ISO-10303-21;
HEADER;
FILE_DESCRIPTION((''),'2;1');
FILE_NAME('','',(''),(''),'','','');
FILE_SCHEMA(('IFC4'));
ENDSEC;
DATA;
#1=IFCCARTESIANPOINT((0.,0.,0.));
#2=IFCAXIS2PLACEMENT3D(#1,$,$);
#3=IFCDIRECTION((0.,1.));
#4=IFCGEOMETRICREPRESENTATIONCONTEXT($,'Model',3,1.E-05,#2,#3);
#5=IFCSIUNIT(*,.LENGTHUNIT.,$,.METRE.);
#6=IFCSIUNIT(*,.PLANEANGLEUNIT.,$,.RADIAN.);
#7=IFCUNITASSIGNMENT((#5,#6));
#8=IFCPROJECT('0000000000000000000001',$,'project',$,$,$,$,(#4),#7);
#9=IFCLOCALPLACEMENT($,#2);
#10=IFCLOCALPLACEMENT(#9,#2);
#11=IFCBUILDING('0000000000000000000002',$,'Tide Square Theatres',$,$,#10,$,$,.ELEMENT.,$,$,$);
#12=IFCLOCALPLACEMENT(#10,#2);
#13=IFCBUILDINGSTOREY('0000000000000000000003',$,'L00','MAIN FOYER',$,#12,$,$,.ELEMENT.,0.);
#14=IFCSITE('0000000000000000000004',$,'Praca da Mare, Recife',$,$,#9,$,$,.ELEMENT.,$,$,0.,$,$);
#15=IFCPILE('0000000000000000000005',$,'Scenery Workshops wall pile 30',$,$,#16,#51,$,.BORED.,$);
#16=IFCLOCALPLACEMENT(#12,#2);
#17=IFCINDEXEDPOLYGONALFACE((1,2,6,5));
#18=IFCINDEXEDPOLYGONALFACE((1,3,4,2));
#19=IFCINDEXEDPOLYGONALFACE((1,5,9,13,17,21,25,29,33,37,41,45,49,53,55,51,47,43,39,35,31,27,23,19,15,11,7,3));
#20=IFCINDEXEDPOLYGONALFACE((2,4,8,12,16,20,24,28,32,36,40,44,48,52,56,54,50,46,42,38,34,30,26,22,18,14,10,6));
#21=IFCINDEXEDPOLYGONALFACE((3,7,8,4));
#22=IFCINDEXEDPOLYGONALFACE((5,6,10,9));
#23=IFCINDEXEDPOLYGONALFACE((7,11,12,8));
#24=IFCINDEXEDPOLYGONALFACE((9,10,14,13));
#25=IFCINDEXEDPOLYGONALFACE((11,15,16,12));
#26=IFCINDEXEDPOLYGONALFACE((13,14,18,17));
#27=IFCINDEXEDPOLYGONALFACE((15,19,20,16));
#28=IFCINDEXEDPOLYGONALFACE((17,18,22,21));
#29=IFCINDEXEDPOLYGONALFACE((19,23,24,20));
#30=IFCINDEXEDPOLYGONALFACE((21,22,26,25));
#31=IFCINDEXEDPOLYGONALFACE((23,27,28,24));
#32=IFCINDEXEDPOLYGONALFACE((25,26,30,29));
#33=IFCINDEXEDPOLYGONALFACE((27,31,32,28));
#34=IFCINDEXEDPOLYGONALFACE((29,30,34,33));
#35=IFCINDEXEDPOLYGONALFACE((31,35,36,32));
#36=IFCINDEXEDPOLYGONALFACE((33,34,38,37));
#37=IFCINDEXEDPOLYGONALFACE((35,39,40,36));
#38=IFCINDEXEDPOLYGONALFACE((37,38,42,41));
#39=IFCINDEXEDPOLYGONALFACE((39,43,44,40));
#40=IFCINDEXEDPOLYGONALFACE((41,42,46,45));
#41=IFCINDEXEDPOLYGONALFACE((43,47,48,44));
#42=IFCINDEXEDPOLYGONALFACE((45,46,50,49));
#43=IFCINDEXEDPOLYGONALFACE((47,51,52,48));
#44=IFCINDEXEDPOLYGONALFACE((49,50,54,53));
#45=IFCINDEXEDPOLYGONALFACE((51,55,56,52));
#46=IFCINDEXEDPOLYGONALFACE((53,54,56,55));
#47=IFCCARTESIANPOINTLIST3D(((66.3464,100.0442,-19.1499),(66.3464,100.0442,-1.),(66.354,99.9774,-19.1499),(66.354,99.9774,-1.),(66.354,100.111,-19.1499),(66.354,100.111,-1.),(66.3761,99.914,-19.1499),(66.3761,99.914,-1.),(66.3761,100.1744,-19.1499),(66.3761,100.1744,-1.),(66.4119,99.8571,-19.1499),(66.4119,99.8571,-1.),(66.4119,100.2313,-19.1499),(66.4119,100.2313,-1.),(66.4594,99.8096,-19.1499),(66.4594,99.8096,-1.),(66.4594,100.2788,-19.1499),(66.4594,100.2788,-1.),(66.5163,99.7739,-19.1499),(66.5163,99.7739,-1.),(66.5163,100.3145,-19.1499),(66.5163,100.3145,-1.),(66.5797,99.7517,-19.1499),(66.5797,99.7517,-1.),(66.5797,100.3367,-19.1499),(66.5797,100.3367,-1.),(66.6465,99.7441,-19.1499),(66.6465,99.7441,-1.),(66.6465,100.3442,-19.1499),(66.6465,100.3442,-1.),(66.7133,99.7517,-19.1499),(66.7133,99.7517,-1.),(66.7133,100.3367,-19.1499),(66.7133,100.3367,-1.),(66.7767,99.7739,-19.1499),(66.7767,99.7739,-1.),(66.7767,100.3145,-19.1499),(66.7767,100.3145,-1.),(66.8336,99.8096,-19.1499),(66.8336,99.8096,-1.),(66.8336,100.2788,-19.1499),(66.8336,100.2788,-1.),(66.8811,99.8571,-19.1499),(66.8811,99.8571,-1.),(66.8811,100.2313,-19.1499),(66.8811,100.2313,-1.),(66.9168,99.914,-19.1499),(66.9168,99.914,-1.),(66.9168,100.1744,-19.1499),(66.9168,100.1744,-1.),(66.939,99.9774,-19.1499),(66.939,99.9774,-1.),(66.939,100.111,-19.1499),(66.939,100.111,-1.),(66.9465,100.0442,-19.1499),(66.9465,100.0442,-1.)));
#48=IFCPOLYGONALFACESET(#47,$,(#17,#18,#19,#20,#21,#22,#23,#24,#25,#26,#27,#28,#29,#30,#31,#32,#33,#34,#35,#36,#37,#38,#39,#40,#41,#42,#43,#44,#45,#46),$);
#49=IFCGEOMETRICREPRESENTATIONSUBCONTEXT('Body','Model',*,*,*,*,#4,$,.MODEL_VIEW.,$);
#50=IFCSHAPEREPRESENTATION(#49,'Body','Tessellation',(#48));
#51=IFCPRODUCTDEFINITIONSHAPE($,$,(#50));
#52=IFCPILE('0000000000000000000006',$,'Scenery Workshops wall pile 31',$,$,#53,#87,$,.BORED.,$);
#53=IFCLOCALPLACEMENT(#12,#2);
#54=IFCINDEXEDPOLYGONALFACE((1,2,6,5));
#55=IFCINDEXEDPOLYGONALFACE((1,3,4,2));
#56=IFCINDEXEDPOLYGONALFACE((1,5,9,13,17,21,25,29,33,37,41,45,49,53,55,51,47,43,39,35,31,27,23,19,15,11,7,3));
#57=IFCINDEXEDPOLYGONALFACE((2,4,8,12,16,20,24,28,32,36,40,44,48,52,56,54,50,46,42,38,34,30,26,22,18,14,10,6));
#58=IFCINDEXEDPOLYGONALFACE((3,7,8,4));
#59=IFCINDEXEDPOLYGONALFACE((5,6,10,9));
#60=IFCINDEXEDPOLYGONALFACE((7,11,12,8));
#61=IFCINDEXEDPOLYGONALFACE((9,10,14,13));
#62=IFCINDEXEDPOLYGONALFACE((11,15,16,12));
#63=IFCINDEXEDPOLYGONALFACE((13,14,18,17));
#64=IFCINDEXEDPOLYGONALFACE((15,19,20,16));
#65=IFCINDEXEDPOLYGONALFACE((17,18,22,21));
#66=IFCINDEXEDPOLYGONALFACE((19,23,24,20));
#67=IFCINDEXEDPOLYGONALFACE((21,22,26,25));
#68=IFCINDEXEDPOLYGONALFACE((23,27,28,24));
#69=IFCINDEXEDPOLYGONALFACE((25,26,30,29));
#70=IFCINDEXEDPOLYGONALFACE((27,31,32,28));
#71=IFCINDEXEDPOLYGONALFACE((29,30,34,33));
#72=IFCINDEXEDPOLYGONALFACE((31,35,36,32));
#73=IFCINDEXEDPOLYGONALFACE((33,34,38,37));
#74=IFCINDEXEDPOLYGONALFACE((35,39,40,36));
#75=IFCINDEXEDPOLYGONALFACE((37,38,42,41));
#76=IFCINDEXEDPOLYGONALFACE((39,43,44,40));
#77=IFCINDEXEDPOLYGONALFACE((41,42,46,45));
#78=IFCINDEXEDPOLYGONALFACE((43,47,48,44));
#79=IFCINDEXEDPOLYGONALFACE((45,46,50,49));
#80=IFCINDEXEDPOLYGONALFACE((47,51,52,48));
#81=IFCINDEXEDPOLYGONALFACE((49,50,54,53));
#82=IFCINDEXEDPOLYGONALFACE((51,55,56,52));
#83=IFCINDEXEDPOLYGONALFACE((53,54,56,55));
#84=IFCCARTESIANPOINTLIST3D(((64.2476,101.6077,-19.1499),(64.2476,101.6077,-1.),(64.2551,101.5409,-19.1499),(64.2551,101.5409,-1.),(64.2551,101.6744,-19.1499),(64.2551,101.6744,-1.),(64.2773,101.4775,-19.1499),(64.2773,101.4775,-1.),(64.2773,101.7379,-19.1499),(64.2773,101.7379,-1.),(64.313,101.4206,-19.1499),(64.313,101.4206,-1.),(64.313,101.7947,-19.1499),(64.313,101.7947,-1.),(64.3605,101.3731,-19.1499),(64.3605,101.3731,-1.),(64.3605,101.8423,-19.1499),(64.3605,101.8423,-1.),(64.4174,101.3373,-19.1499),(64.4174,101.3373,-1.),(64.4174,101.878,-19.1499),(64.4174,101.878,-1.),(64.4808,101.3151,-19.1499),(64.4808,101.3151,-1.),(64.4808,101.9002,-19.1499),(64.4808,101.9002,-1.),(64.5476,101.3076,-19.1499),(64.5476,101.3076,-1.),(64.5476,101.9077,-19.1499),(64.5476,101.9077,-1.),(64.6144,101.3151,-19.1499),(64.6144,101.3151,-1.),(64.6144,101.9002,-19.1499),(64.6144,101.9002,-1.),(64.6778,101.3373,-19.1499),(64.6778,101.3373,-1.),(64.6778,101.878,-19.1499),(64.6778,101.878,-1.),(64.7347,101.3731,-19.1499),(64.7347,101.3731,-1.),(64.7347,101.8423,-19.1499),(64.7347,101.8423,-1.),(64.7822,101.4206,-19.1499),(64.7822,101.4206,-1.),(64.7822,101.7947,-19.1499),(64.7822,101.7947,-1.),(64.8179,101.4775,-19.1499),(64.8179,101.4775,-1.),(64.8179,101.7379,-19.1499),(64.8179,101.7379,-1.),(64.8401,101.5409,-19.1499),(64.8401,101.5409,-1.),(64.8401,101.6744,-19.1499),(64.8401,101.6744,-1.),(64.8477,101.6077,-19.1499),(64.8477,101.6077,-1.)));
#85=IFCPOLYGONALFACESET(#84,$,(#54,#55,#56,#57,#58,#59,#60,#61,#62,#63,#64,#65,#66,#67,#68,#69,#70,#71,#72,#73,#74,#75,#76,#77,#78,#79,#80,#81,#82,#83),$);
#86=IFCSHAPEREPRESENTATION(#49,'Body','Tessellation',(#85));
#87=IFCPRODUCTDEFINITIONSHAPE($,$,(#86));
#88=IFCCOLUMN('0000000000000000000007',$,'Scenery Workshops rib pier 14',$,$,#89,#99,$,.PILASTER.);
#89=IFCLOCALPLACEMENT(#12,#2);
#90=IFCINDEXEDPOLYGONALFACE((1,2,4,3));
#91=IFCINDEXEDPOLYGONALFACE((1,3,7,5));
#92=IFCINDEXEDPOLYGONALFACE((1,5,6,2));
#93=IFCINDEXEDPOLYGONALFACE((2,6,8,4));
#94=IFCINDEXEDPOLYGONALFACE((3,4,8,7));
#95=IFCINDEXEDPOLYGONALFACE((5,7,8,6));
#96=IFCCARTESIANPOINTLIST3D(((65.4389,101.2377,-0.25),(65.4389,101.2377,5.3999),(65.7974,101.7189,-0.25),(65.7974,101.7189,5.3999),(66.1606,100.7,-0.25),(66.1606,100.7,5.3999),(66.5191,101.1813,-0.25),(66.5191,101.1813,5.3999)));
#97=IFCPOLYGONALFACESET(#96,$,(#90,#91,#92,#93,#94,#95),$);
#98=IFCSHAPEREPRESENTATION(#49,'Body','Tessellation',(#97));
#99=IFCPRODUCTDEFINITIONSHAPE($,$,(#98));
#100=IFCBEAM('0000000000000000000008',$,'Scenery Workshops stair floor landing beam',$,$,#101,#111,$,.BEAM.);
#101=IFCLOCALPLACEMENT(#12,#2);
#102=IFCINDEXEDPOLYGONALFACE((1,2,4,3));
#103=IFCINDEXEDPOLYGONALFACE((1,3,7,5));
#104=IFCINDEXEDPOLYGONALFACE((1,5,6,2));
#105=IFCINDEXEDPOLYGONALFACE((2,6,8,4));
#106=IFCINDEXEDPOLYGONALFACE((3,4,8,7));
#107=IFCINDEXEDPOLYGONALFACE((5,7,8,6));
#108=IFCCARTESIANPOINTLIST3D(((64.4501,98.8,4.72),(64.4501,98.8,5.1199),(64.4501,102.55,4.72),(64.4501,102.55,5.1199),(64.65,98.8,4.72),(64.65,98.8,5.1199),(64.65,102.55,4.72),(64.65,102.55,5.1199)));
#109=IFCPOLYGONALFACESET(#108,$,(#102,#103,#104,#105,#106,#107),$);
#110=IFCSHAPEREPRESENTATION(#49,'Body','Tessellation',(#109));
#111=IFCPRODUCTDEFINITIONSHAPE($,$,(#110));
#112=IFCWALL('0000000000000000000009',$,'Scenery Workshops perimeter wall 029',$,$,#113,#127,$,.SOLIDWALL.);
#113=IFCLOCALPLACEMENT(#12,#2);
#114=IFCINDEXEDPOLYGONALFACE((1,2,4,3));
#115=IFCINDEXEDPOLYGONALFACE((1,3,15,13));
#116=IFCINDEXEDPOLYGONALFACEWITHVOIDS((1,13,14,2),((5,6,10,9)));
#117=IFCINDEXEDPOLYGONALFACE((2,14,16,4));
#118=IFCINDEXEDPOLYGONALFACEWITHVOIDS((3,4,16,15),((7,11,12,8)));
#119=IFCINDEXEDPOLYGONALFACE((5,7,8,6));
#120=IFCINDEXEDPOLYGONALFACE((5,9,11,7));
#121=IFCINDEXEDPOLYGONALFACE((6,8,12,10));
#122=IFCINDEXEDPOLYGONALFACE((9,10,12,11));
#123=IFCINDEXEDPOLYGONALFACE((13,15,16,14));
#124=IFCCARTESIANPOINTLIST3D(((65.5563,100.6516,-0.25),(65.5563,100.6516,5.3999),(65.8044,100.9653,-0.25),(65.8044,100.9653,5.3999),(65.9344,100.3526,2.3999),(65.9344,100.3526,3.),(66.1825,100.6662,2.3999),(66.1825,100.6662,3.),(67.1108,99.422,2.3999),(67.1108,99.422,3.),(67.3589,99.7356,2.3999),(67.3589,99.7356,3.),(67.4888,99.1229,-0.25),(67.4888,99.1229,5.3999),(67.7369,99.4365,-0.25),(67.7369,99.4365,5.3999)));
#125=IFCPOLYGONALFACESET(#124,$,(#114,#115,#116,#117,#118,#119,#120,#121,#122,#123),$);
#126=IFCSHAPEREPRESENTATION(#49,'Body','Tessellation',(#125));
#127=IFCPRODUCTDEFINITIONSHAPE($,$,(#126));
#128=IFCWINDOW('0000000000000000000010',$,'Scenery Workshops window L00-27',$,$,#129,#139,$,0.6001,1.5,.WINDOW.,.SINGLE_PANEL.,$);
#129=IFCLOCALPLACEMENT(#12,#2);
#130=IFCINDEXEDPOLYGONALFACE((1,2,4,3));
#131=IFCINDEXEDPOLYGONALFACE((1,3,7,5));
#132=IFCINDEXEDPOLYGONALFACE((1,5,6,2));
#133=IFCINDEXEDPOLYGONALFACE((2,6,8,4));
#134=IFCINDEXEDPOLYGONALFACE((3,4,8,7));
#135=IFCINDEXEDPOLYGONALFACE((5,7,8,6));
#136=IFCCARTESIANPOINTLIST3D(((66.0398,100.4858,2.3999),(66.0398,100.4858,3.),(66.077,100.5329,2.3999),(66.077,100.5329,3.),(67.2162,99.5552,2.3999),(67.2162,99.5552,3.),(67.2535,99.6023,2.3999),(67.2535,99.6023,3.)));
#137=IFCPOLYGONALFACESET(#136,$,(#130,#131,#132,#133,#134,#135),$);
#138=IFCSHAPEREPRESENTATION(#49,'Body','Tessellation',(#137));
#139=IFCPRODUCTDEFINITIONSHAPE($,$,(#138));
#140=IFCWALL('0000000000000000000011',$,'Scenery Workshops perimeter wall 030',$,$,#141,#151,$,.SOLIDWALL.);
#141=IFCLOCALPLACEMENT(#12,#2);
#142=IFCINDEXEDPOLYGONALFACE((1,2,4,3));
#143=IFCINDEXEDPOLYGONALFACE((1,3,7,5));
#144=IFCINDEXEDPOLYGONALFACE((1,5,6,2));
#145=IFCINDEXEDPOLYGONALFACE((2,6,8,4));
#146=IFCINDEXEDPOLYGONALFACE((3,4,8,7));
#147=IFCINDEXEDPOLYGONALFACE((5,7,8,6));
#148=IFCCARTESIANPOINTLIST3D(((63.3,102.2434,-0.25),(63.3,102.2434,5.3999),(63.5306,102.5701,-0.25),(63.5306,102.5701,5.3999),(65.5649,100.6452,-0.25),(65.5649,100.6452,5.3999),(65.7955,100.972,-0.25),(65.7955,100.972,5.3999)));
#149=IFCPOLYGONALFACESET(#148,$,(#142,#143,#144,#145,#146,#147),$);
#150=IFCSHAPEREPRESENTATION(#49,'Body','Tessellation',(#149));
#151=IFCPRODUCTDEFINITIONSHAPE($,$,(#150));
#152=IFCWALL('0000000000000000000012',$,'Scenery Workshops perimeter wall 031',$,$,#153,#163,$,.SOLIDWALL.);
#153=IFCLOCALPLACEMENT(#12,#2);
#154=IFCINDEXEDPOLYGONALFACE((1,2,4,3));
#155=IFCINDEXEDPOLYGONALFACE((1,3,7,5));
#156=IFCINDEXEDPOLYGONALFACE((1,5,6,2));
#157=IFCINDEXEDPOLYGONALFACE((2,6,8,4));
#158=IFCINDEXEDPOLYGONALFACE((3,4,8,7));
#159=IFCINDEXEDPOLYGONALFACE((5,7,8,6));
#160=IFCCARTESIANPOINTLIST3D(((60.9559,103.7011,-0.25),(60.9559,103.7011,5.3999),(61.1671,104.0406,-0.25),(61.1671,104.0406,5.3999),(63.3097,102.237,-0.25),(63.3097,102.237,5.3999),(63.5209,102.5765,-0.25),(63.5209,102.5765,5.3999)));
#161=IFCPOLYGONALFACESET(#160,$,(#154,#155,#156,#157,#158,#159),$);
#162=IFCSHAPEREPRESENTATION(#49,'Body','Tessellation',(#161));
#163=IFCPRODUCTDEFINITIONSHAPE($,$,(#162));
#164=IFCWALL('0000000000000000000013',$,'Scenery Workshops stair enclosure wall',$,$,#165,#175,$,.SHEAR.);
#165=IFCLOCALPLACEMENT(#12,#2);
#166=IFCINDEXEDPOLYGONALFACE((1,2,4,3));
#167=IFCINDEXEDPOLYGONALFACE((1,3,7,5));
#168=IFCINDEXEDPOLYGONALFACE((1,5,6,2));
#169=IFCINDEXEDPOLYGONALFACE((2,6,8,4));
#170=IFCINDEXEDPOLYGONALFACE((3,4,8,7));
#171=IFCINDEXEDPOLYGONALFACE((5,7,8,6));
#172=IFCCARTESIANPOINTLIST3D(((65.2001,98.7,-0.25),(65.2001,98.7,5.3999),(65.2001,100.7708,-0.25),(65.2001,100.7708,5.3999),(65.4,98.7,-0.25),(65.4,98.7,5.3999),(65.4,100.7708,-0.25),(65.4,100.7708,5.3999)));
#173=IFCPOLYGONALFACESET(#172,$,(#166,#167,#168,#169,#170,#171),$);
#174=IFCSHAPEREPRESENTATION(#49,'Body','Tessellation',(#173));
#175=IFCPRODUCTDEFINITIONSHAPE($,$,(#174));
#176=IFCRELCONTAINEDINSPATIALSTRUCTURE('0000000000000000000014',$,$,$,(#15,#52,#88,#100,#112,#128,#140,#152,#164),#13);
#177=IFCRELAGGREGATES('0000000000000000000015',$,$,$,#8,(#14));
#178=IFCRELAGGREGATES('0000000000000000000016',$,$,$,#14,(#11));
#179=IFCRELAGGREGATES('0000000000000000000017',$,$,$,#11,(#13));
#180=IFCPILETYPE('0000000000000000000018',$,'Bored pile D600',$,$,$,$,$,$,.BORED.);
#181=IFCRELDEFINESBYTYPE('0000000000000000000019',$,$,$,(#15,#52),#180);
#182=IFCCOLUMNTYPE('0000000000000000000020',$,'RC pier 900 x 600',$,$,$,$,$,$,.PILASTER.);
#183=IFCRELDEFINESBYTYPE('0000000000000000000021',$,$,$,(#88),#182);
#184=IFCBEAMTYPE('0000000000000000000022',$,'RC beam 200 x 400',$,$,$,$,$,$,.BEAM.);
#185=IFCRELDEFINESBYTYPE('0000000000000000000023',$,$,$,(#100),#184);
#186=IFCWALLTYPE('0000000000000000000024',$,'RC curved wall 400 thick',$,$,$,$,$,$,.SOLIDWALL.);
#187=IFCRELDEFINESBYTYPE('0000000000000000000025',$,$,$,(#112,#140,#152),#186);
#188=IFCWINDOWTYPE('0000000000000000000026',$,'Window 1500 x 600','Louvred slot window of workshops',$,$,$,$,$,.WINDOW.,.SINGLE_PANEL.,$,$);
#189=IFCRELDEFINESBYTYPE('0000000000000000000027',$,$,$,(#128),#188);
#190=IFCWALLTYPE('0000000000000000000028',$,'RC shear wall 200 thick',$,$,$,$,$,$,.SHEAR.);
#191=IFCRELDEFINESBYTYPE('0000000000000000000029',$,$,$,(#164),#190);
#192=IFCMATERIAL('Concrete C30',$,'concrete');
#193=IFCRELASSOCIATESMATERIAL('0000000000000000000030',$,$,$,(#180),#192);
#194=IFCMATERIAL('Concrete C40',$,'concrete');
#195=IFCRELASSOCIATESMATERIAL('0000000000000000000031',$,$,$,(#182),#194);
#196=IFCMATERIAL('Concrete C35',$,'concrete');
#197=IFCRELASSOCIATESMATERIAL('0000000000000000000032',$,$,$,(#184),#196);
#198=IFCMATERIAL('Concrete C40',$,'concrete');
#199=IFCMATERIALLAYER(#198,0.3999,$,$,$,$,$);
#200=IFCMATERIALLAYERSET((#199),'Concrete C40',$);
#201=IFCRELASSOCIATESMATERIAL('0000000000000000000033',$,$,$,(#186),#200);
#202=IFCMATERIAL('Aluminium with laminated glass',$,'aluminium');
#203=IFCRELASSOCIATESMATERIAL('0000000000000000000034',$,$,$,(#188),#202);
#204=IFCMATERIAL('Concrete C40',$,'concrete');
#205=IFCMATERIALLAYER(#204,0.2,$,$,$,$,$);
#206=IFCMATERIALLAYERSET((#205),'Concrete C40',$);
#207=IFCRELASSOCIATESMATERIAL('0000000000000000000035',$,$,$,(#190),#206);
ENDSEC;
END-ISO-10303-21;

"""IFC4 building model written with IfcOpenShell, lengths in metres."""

from ifc_helpers import new_model, si_unit, direction, frame, frame_2d, origin, origin_2d, place, context, subcontext, project, spatial, rectangle, circle, extrude, material, layer, layer_set, material_profile, profile_set, type_object, element, fill, save


model = new_model("IFC4")

# Units and contexts
model_context = context("Model", 3, precision=1e-05, world=origin(), true_north=direction((0.0, 1.0)))
body_context = subcontext(model_context, "Body", "Model", "MODEL_VIEW")
ifc_project = project(units=[si_unit("LENGTHUNIT", "METRE"), si_unit("PLANEANGLEUNIT", "RADIAN")], contexts=[model_context])

# Site, building, storey
site_placement = place(None, origin())
site = spatial("IfcSite", under=ifc_project, at=site_placement, Name="Praca da Mare, Recife", CompositionType="ELEMENT", RefElevation=0.0)
building_placement = place(site_placement, origin())
building = spatial("IfcBuilding", under=site, at=building_placement, Name="Tide Square Theatres", CompositionType="ELEMENT")
storey_placement = place(building_placement, origin())
storey = spatial("IfcBuildingStorey", under=building, at=storey_placement, Name="L00", Description="MAIN FOYER", CompositionType="ELEMENT", Elevation=0.0)

# Piles
ifc_material_1 = material(Name="Concrete C30", Category="concrete")
ifc_material_profile_1 = material_profile(ifc_material_1, circle(Radius=0.3, at=origin_2d()))
ifc_profile_set_1 = profile_set([ifc_material_profile_1], Name="Concrete C30")
pile_type = type_object("IfcPileType", Name="Bored pile D600", PredefinedType="BORED", material=ifc_profile_set_1)
for number, where, z_axis, x_axis, name in (
    (1, (66.6465, 100.0442, -1.0), (0.0, 0.0, -1.0), (1.0, 0.0, 0.0), "Scenery Workshops wall pile 30"),
    (2, (64.5476, 101.6077, -1.0), (0.0, 0.0, -1.0), (1.0, 0.0, 0.0), "Scenery Workshops wall pile 31"),
):
    element("IfcPile", number, at=place(storey_placement, frame(where, z_axis=z_axis, x_axis=x_axis)), inside=storey, type_object=pile_type, Name=name, PredefinedType="BORED", context=body_context, shape_type="SweptSolid", body=[
        extrude(circle(Radius=0.3, at=origin_2d()), origin(), (0.0, 0.0, 1.0), 18.1499),
    ])

# Column
ifc_material_2 = material(Name="Concrete C40", Category="concrete")
ifc_material_profile_2 = material_profile(ifc_material_2, rectangle(XDim=0.8999, YDim=0.6001, at=origin_2d()))
ifc_profile_set_2 = profile_set([ifc_material_profile_2], Name="Concrete C40")
column_type = type_object("IfcColumnType", Name="RC pier 900 x 600", PredefinedType="PILASTER", material=ifc_profile_set_2)
column_placement = place(storey_placement, frame((65.979, 101.2095, -0.25), z_axis=(0.0, 0.0, 1.0), x_axis=(-0.801928, 0.597421, 0.0)))
element("IfcColumn", 3, at=column_placement, inside=storey, type_object=column_type, Name="Scenery Workshops rib pier 14", PredefinedType="PILASTER", context=body_context, shape_type="SweptSolid", body=[
    extrude(rectangle(XDim=0.8999, YDim=0.6001, at=origin_2d()), origin(), (0.0, 0.0, 1.0), 5.6499),
])

# Beam
ifc_material_3 = material(Name="Concrete C35", Category="concrete")
ifc_material_profile_3 = material_profile(ifc_material_3, rectangle(XDim=0.2, YDim=0.3999, at=origin_2d()))
ifc_profile_set_3 = profile_set([ifc_material_profile_3], Name="Concrete C35")
beam_type = type_object("IfcBeamType", Name="RC beam 200 x 400", PredefinedType="BEAM", material=ifc_profile_set_3)
beam_placement = place(storey_placement, frame((64.55, 102.55, 4.9199), z_axis=(0.0, -1.0, 0.0), x_axis=(1.0, 0.0, 0.0)))
element("IfcBeam", 4, at=beam_placement, inside=storey, type_object=beam_type, Name="Scenery Workshops stair floor landing beam", PredefinedType="BEAM", context=body_context, shape_type="SweptSolid", body=[
    extrude(rectangle(XDim=0.2, YDim=0.3999, at=origin_2d()), origin(), (0.0, 0.0, 1.0), 3.75),
])

# Wall, opening, window
ifc_material_4 = material(Name="Concrete C40", Category="concrete")
ifc_layer_1 = layer(ifc_material_4, 0.3999)
ifc_layer_set_1 = layer_set([ifc_layer_1], Name="Concrete C40")
wall_type_1 = type_object("IfcWallType", Name="RC curved wall 400 thick", PredefinedType="SOLIDWALL", material=ifc_layer_set_1)
wall_1_placement = place(storey_placement, frame((67.6128, 99.2798, -0.25), z_axis=(0.0, 0.0, 1.0), x_axis=(-0.784279, 0.620409, 0.0)))
wall_1 = element("IfcWall", 5, at=wall_1_placement, inside=storey, type_object=wall_type_1, Name="Scenery Workshops perimeter wall 029", PredefinedType="SOLIDWALL", context=body_context, shape_type="SweptSolid", body=[
    extrude(rectangle(XDim=2.4641, YDim=0.3999, at=frame_2d((1.2319, 0.0))), origin(), (0.0, 0.0, 1.0), 5.6499),
])
opening_1_placement = place(wall_1_placement, frame((0.4819, 0.0, 2.6499)))
opening_1 = element("IfcOpeningElement", 6, at=opening_1_placement, cuts=wall_1, PredefinedType="OPENING", context=body_context, shape_type="SweptSolid", body=[
    extrude(rectangle(XDim=1.5, YDim=0.6001, at=frame_2d((0.75, 0.3))), frame((0.0, 0.21, 0.0), z_axis=(0.0, -1.0, 0.0), x_axis=(1.0, 0.0, 0.0)), (0.0, 0.0, 1.0), 0.4199),
])
ifc_material_5 = material(Name="Aluminium with laminated glass", Category="aluminium")
window_type = type_object("IfcWindowType", Name="Window 1500 x 600", Description="Louvred slot window of workshops", PartitioningType="SINGLE_PANEL", PredefinedType="WINDOW", material=ifc_material_5)
window_placement = place(opening_1_placement, origin())
window = element("IfcWindow", 7, at=window_placement, inside=storey, type_object=window_type, Name="Scenery Workshops window L00-27", OverallHeight=0.6001, OverallWidth=1.5, PartitioningType="SINGLE_PANEL", PredefinedType="WINDOW", context=body_context, shape_type="SweptSolid", body=[
    extrude(rectangle(XDim=1.5, YDim=0.6001, at=frame_2d((0.75, 0.3))), frame((0.0, 0.03, 0.0), z_axis=(0.0, -1.0, 0.0), x_axis=(1.0, 0.0, 0.0)), (0.0, 0.0, 1.0), 0.0601),
])
fill(opening_1, window)

# Walls
for number, where, z_axis, x_axis, name in (
    (8, (65.6802, 100.8086, -0.25), (0.0, 0.0, 1.0), (-0.81707, 0.576538, 0.0), "Scenery Workshops perimeter wall 030"),
    (9, (63.4153, 102.4067, -0.25), (0.0, 0.0, 1.0), (-0.849129, 0.528185, 0.0), "Scenery Workshops perimeter wall 031"),
):
    element("IfcWall", number, at=place(storey_placement, frame(where, z_axis=z_axis, x_axis=x_axis)), inside=storey, type_object=wall_type_1, Name=name, PredefinedType="SOLIDWALL", context=body_context, shape_type="SweptSolid", body=[
        extrude(rectangle(XDim=2.772, YDim=0.3999, at=frame_2d((1.386, 0.0))), origin(), (0.0, 0.0, 1.0), 5.6499),
    ])
ifc_material_6 = material(Name="Concrete C40", Category="concrete")
ifc_layer_2 = layer(ifc_material_6, 0.2)
ifc_layer_set_2 = layer_set([ifc_layer_2], Name="Concrete C40")
wall_type_2 = type_object("IfcWallType", Name="RC shear wall 200 thick", PredefinedType="SHEAR", material=ifc_layer_set_2)
wall_2_placement = place(storey_placement, frame((65.3, 100.7708, -0.25), z_axis=(0.0, 0.0, 1.0), x_axis=(0.0, -1.0, 0.0)))
element("IfcWall", 10, at=wall_2_placement, inside=storey, type_object=wall_type_2, Name="Scenery Workshops stair enclosure wall", PredefinedType="SHEAR", context=body_context, shape_type="SweptSolid", body=[
    extrude(rectangle(XDim=2.0708, YDim=0.2, at=frame_2d((1.0354, 0.0))), origin(), (0.0, 0.0, 1.0), 5.6499),
])

save(model, "model.ifc")
